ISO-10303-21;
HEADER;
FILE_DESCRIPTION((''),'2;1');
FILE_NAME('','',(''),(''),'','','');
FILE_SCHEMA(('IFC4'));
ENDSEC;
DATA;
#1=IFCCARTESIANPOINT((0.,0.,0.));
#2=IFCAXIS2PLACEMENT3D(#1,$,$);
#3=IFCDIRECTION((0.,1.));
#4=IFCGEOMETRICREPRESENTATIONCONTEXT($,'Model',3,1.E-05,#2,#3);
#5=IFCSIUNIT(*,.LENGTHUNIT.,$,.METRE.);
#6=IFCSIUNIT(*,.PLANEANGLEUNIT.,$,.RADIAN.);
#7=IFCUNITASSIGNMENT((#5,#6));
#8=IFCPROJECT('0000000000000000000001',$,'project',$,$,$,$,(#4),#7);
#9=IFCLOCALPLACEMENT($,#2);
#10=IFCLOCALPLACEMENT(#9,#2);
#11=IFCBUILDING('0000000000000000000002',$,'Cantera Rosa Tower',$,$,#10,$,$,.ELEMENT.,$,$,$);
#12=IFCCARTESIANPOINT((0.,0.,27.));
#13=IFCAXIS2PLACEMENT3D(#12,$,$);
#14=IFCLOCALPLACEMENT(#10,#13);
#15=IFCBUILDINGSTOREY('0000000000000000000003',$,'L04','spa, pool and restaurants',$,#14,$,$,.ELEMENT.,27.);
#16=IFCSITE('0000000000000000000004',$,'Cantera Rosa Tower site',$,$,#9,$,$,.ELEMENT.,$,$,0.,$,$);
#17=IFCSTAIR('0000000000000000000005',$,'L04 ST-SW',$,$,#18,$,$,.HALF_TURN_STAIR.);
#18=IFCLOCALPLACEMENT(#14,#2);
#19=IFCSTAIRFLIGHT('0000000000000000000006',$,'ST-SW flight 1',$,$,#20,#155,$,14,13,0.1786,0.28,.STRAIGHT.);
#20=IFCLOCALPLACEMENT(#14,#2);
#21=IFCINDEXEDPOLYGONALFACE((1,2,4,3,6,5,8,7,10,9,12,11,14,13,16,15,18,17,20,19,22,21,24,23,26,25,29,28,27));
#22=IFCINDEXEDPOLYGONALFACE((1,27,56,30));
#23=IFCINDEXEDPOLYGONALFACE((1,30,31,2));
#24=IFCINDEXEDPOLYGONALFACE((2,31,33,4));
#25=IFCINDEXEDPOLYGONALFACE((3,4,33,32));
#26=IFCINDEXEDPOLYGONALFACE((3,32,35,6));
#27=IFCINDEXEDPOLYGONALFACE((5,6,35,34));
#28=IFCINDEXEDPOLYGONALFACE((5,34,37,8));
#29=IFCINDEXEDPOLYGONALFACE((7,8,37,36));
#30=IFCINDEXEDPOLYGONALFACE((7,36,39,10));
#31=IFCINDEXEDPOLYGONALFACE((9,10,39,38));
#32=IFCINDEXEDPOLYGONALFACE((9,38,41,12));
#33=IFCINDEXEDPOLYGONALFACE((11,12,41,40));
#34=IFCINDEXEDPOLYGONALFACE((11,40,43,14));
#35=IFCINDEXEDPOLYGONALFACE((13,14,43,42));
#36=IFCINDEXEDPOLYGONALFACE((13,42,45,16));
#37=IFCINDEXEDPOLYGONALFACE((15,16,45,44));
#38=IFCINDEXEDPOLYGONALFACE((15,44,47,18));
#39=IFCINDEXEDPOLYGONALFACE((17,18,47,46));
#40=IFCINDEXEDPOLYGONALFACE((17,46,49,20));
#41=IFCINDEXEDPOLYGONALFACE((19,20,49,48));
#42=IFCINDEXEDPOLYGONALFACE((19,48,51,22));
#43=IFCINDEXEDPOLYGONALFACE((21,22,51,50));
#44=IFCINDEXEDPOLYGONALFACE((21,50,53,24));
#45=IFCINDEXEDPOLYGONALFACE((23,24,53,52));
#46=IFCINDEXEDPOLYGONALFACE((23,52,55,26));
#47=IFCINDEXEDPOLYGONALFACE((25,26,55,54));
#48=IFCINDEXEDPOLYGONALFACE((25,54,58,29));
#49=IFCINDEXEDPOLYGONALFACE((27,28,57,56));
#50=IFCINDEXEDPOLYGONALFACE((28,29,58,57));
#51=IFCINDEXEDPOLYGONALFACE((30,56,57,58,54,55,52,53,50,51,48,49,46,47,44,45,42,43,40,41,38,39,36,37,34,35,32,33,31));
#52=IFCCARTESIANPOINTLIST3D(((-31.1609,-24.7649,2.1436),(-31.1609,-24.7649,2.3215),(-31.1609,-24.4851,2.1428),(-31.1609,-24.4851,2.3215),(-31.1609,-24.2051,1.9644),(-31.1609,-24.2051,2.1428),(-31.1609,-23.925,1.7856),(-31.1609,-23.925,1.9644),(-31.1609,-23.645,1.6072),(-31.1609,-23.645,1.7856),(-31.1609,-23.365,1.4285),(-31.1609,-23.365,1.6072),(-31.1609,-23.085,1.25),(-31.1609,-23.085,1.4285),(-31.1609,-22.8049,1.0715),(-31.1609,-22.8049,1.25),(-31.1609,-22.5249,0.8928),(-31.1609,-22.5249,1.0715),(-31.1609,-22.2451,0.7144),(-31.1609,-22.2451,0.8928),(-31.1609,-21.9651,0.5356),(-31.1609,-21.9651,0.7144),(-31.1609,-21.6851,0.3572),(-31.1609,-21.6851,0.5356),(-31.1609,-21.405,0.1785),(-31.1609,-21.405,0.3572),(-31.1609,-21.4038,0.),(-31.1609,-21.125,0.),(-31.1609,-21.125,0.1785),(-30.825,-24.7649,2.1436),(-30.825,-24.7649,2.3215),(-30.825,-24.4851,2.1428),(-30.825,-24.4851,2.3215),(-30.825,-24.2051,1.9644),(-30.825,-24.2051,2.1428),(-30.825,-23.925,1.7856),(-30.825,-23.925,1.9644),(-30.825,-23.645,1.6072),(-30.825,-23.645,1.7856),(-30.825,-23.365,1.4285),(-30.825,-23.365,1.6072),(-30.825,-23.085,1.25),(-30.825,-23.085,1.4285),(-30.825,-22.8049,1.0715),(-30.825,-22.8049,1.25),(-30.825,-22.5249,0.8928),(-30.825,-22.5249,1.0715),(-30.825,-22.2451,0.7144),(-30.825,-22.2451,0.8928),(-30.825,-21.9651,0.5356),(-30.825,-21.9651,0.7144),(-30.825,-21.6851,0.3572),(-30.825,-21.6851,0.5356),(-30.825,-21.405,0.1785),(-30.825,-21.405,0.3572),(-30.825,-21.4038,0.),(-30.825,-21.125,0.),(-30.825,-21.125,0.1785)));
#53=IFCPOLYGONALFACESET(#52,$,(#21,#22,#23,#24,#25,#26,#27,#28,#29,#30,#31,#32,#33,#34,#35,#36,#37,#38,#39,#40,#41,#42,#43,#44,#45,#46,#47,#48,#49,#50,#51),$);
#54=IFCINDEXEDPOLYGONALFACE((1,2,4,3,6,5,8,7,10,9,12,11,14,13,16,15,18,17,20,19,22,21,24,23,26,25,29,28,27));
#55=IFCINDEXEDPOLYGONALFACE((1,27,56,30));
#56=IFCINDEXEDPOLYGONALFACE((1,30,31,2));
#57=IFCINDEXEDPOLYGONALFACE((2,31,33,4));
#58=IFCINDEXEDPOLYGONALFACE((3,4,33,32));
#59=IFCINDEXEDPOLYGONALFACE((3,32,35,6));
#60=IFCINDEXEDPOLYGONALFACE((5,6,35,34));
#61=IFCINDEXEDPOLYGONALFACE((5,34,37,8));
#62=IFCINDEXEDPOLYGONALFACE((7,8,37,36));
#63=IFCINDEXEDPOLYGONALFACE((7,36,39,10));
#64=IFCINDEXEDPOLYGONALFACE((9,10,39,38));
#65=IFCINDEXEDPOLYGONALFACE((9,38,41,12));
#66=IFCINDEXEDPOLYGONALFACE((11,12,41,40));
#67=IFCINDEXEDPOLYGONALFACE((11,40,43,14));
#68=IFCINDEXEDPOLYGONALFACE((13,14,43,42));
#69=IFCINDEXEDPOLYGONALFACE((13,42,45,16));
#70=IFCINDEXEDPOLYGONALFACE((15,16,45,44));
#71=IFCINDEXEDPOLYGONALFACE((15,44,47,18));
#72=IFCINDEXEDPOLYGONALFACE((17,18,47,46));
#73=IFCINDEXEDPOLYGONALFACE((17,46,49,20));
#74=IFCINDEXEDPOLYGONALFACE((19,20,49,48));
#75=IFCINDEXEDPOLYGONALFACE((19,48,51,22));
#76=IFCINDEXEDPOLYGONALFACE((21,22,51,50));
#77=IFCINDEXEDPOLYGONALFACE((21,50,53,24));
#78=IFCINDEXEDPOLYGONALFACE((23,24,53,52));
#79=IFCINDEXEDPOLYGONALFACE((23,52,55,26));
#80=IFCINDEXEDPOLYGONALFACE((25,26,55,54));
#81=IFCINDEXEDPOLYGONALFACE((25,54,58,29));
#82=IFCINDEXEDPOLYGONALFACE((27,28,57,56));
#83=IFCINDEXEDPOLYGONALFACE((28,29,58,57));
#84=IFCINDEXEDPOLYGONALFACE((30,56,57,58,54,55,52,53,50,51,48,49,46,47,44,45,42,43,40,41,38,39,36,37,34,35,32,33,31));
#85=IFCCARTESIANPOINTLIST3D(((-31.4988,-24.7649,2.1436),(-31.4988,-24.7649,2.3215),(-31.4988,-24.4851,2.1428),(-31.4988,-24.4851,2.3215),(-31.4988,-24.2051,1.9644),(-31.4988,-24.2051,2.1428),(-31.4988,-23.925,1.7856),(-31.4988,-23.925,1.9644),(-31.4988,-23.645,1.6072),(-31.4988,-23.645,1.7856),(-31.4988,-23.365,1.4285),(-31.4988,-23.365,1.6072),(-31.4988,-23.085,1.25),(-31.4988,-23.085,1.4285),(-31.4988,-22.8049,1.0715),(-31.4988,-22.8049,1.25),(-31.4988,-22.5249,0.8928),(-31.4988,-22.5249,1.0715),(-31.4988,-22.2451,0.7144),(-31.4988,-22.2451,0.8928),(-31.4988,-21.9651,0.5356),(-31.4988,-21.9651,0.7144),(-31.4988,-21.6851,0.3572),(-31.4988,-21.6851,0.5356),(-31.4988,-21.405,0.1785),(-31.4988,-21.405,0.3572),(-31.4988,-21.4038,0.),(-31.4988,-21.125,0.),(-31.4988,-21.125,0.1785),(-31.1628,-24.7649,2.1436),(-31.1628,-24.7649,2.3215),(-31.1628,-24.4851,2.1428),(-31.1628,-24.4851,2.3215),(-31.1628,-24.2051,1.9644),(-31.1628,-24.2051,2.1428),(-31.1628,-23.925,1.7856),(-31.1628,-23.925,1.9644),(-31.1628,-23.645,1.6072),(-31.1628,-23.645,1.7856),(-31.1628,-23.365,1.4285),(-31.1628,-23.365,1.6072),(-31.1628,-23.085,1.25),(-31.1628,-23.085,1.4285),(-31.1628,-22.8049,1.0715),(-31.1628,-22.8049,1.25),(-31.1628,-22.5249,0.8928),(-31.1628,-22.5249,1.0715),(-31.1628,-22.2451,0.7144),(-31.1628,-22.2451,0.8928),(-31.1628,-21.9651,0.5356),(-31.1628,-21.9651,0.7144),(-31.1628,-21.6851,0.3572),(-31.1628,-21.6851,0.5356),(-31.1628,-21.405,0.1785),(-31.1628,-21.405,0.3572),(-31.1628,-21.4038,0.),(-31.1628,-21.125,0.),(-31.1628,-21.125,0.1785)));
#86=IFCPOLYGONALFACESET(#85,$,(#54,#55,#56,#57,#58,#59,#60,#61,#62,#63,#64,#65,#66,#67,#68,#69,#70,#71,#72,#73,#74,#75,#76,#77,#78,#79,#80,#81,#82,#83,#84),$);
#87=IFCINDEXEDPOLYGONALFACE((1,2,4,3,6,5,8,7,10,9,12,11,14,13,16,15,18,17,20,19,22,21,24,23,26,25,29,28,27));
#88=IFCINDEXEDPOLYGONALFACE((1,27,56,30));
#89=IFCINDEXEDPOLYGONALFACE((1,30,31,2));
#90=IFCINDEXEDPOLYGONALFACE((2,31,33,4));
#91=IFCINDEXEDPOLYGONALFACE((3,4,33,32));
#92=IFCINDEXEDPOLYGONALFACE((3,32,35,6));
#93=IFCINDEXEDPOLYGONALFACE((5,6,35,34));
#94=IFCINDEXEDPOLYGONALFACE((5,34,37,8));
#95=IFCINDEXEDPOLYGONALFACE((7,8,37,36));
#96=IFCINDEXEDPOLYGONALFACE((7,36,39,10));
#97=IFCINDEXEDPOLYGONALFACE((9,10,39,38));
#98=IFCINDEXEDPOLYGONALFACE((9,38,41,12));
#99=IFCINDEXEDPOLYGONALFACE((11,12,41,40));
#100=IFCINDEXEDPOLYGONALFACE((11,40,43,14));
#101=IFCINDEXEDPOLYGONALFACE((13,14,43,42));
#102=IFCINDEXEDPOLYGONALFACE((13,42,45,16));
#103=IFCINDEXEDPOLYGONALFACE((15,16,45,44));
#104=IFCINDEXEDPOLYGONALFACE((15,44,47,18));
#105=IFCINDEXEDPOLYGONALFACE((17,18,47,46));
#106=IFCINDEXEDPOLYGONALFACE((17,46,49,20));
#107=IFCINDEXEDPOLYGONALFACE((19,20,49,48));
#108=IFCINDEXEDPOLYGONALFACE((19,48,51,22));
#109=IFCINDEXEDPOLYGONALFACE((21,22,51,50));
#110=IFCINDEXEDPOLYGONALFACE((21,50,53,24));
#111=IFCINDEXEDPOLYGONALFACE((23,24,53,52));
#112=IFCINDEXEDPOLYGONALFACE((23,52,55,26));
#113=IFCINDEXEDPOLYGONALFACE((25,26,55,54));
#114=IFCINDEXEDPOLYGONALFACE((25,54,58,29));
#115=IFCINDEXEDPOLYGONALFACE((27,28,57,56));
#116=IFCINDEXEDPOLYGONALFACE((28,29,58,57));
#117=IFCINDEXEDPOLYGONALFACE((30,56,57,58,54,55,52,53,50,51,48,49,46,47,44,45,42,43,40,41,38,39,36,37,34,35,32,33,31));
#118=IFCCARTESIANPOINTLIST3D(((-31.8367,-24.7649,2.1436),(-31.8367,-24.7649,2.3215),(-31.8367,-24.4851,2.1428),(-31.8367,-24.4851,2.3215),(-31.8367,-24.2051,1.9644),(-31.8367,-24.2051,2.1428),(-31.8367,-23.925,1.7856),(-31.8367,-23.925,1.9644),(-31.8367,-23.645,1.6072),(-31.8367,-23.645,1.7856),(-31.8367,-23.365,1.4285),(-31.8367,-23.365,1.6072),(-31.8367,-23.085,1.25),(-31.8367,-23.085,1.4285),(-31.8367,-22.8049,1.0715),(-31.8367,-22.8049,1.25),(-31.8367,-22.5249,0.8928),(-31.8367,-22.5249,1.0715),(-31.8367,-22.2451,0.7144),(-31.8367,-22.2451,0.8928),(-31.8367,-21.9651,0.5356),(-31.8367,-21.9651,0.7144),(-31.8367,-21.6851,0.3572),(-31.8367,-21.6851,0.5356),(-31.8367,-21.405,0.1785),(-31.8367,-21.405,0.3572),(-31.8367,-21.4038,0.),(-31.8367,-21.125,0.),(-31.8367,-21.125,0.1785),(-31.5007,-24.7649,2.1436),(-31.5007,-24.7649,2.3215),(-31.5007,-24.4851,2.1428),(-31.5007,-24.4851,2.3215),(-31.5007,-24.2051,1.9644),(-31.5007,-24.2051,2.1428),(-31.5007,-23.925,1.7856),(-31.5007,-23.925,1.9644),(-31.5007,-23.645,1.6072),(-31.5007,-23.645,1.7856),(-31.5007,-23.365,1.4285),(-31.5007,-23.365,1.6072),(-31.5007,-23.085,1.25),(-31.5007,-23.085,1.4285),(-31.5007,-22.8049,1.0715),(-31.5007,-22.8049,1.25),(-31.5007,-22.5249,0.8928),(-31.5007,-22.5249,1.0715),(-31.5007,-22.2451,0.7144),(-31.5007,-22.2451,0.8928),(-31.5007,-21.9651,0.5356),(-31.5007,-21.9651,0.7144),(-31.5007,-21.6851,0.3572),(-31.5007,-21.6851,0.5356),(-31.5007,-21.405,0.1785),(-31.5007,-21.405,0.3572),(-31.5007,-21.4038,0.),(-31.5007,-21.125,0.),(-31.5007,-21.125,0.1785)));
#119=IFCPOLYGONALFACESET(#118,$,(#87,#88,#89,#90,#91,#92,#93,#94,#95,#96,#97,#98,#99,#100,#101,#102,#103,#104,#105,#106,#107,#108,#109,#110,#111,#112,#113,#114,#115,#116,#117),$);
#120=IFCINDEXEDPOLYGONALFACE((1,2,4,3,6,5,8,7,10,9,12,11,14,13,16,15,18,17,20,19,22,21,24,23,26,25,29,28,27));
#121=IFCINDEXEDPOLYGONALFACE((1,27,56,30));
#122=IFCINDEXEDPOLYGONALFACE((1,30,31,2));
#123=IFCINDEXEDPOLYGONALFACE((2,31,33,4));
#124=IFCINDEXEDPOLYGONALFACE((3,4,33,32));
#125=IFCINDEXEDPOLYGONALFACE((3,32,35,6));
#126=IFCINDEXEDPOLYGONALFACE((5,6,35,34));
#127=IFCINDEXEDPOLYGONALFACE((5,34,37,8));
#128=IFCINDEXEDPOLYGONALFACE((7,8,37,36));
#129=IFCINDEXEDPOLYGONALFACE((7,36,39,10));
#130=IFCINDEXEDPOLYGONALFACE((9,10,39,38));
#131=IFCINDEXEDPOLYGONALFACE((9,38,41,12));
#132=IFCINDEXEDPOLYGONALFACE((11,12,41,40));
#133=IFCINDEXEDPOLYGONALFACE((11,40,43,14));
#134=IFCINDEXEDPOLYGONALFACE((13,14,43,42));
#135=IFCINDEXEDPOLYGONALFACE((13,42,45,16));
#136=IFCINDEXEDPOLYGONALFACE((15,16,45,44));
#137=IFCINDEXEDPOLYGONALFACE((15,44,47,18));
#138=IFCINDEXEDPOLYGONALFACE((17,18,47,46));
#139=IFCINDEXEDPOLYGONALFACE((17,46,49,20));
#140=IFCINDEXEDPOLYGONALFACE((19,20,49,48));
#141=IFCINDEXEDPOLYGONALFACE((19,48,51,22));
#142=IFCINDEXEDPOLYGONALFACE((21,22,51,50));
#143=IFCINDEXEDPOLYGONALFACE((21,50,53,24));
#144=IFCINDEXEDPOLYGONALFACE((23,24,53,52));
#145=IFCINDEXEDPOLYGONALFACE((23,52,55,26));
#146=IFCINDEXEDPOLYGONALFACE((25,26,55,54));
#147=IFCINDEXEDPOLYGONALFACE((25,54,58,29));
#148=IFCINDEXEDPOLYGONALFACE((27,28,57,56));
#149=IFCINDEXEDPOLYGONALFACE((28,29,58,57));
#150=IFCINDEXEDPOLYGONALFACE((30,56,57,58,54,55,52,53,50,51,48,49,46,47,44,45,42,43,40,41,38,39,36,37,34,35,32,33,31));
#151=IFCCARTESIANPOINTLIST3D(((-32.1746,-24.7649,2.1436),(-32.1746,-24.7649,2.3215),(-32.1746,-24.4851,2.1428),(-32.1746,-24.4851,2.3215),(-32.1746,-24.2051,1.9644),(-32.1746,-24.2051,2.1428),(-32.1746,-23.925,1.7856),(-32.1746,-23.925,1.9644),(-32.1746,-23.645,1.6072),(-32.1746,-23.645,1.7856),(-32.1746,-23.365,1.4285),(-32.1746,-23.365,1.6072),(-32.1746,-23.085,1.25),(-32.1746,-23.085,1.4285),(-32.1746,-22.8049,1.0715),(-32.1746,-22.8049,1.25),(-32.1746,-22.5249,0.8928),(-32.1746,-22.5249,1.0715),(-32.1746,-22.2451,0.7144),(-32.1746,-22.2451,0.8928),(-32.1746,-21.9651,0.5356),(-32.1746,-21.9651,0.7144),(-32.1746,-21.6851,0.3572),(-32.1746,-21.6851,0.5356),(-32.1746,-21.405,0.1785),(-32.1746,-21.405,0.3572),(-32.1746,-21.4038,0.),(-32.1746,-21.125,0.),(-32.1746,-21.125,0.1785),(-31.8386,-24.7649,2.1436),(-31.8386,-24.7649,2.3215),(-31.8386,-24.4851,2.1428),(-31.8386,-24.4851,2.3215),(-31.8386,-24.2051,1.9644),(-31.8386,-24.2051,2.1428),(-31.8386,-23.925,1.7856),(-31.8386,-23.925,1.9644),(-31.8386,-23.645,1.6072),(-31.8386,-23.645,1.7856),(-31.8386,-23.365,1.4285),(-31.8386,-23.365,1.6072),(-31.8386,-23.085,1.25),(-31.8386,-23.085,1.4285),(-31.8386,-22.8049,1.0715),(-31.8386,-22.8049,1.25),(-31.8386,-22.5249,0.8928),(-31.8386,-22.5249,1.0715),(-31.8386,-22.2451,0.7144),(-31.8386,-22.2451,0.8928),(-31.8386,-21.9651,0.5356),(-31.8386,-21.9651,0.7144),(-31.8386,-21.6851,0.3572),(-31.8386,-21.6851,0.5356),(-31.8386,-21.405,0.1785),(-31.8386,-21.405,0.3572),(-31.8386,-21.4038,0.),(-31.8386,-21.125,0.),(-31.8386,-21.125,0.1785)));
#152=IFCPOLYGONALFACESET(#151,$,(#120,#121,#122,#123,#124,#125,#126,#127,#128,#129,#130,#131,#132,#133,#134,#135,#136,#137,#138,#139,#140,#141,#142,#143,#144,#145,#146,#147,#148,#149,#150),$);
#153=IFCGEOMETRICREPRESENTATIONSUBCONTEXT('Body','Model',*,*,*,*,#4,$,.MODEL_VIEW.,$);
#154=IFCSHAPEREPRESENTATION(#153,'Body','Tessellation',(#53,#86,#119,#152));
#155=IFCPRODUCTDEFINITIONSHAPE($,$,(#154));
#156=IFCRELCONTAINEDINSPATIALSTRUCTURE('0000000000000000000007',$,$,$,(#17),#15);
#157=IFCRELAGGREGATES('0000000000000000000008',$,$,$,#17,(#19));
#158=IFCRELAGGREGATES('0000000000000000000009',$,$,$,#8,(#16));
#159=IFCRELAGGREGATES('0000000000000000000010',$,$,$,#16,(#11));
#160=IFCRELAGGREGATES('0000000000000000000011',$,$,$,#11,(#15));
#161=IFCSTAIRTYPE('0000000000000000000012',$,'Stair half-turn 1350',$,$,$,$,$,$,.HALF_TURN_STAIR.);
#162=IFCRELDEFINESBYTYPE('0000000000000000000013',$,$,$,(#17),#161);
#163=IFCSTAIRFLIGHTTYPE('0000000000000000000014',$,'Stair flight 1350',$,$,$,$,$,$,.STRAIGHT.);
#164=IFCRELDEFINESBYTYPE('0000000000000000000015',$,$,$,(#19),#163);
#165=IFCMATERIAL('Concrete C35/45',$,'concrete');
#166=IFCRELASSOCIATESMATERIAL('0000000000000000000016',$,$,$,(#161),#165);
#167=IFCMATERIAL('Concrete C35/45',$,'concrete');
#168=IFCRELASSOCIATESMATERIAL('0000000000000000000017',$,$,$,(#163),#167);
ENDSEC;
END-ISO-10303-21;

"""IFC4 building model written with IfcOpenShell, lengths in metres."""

from ifc_helpers import new_model, si_unit, direction, frame, origin, place, context, subcontext, project, spatial, polyline, outline, extrude, material, type_object, element, aggregate, save


model = new_model("IFC4")

# Units and contexts
model_context = context("Model", 3, precision=1e-05, world=origin(), true_north=direction((0.0, 1.0)))
body_context = subcontext(model_context, "Body", "Model", "MODEL_VIEW")
ifc_project = project(units=[si_unit("LENGTHUNIT", "METRE"), si_unit("PLANEANGLEUNIT", "RADIAN")], contexts=[model_context])

# Site, building, storey
site_placement = place(None, origin())
site = spatial("IfcSite", under=ifc_project, at=site_placement, Name="Cantera Rosa Tower site", CompositionType="ELEMENT", RefElevation=0.0)
building_placement = place(site_placement, origin())
building = spatial("IfcBuilding", under=site, at=building_placement, Name="Cantera Rosa Tower", CompositionType="ELEMENT")
storey_placement = place(building_placement, frame((0.0, 0.0, 27.0)))
storey = spatial("IfcBuildingStorey", under=building, at=storey_placement, Name="L04", Description="spa, pool and restaurants", CompositionType="ELEMENT", Elevation=27.0)

# Stair, stair flight
ifc_material_1 = material(Name="Concrete C35/45", Category="concrete")
stair_type = type_object("IfcStairType", Name="Stair half-turn 1350", PredefinedType="HALF_TURN_STAIR", material=ifc_material_1)
stair_placement = place(storey_placement, origin())
stair = element("IfcStair", 1, at=stair_placement, inside=storey, type_object=stair_type, Name="L04 ST-SW", PredefinedType="HALF_TURN_STAIR")
ifc_material_2 = material(Name="Concrete C35/45", Category="concrete")
stair_flight_type = type_object("IfcStairFlightType", Name="Stair flight 1350", PredefinedType="STRAIGHT", material=ifc_material_2)
stair_flight_1_placement = place(storey_placement, frame((-31.5, -21.125, 0.0), z_axis=(0.0, 0.0, 1.0), x_axis=(0.0, -1.0, 0.0)))
stair_flight_1 = element("IfcStairFlight", 2, at=stair_flight_1_placement, type_object=stair_flight_type, Name="ST-SW flight 1", NumberOfRisers=14, NumberOfTreads=13, PredefinedType="STRAIGHT", RiserHeight=0.1786, TreadLength=0.28, context=body_context, shape_type="SweptSolid", body=[
    extrude(outline(polyline([(0.0, 0.0), (0.0, 0.1785), (0.28, 0.1785), (0.28, 0.3572), (0.5601, 0.3572), (0.5601, 0.5356), (0.8401, 0.5356), (0.8401, 0.7144), (1.1201, 0.7144), (1.1201, 0.8928), (1.3999, 0.8928), (1.3999, 1.0715), (1.6799, 1.0715), (1.6799, 1.25), (1.96, 1.25), (1.96, 1.4285), (2.24, 1.4285), (2.24, 1.6072), (2.52, 1.6072), (2.52, 1.7856), (2.8, 1.7856), (2.8, 1.9644), (3.0801, 1.9644), (3.0801, 2.1428), (3.3601, 2.1428), (3.3601, 2.3215), (3.6399, 2.3215), (3.6399, 2.5), (3.6399, 2.1436), (0.2788, 0.0), (0.0, 0.0)])), frame((0.0, 0.675, 0.0), z_axis=(0.0, -1.0, 0.0), x_axis=(1.0, 0.0, 0.0)), (0.0, 0.0, 1.0), 0.3359),
    extrude(outline(polyline([(0.0, 0.0), (0.0, 0.1785), (0.28, 0.1785), (0.28, 0.3572), (0.5601, 0.3572), (0.5601, 0.5356), (0.8401, 0.5356), (0.8401, 0.7144), (1.1201, 0.7144), (1.1201, 0.8928), (1.3999, 0.8928), (1.3999, 1.0715), (1.6799, 1.0715), (1.6799, 1.25), (1.96, 1.25), (1.96, 1.4285), (2.24, 1.4285), (2.24, 1.6072), (2.52, 1.6072), (2.52, 1.7856), (2.8, 1.7856), (2.8, 1.9644), (3.0801, 1.9644), (3.0801, 2.1428), (3.3601, 2.1428), (3.3601, 2.3215), (3.6399, 2.3215), (3.6399, 2.5), (3.6399, 2.1436), (0.2788, 0.0), (0.0, 0.0)])), frame((0.0, 0.3372, 0.0), z_axis=(0.0, -1.0, 0.0), x_axis=(1.0, 0.0, 0.0)), (0.0, 0.0, 1.0), 0.3359),
    extrude(outline(polyline([(0.0, 0.0), (0.0, 0.1785), (0.28, 0.1785), (0.28, 0.3572), (0.5601, 0.3572), (0.5601, 0.5356), (0.8401, 0.5356), (0.8401, 0.7144), (1.1201, 0.7144), (1.1201, 0.8928), (1.3999, 0.8928), (1.3999, 1.0715), (1.6799, 1.0715), (1.6799, 1.25), (1.96, 1.25), (1.96, 1.4285), (2.24, 1.4285), (2.24, 1.6072), (2.52, 1.6072), (2.52, 1.7856), (2.8, 1.7856), (2.8, 1.9644), (3.0801, 1.9644), (3.0801, 2.1428), (3.3601, 2.1428), (3.3601, 2.3215), (3.6399, 2.3215), (3.6399, 2.5), (3.6399, 2.1436), (0.2788, 0.0), (0.0, 0.0)])), frame((0.0, -0.0007, 0.0), z_axis=(0.0, -1.0, 0.0), x_axis=(1.0, 0.0, 0.0)), (0.0, 0.0, 1.0), 0.3359),
    extrude(outline(polyline([(0.0, 0.0), (0.0, 0.1785), (0.28, 0.1785), (0.28, 0.3572), (0.5601, 0.3572), (0.5601, 0.5356), (0.8401, 0.5356), (0.8401, 0.7144), (1.1201, 0.7144), (1.1201, 0.8928), (1.3999, 0.8928), (1.3999, 1.0715), (1.6799, 1.0715), (1.6799, 1.25), (1.96, 1.25), (1.96, 1.4285), (2.24, 1.4285), (2.24, 1.6072), (2.52, 1.6072), (2.52, 1.7856), (2.8, 1.7856), (2.8, 1.9644), (3.0801, 1.9644), (3.0801, 2.1428), (3.3601, 2.1428), (3.3601, 2.3215), (3.6399, 2.3215), (3.6399, 2.5), (3.6399, 2.1436), (0.2788, 0.0), (0.0, 0.0)])), frame((0.0, -0.3386, 0.0), z_axis=(0.0, -1.0, 0.0), x_axis=(1.0, 0.0, 0.0)), (0.0, 0.0, 1.0), 0.3359),
])
aggregate(stair, [stair_flight_1])

save(model, "model.ifc")
